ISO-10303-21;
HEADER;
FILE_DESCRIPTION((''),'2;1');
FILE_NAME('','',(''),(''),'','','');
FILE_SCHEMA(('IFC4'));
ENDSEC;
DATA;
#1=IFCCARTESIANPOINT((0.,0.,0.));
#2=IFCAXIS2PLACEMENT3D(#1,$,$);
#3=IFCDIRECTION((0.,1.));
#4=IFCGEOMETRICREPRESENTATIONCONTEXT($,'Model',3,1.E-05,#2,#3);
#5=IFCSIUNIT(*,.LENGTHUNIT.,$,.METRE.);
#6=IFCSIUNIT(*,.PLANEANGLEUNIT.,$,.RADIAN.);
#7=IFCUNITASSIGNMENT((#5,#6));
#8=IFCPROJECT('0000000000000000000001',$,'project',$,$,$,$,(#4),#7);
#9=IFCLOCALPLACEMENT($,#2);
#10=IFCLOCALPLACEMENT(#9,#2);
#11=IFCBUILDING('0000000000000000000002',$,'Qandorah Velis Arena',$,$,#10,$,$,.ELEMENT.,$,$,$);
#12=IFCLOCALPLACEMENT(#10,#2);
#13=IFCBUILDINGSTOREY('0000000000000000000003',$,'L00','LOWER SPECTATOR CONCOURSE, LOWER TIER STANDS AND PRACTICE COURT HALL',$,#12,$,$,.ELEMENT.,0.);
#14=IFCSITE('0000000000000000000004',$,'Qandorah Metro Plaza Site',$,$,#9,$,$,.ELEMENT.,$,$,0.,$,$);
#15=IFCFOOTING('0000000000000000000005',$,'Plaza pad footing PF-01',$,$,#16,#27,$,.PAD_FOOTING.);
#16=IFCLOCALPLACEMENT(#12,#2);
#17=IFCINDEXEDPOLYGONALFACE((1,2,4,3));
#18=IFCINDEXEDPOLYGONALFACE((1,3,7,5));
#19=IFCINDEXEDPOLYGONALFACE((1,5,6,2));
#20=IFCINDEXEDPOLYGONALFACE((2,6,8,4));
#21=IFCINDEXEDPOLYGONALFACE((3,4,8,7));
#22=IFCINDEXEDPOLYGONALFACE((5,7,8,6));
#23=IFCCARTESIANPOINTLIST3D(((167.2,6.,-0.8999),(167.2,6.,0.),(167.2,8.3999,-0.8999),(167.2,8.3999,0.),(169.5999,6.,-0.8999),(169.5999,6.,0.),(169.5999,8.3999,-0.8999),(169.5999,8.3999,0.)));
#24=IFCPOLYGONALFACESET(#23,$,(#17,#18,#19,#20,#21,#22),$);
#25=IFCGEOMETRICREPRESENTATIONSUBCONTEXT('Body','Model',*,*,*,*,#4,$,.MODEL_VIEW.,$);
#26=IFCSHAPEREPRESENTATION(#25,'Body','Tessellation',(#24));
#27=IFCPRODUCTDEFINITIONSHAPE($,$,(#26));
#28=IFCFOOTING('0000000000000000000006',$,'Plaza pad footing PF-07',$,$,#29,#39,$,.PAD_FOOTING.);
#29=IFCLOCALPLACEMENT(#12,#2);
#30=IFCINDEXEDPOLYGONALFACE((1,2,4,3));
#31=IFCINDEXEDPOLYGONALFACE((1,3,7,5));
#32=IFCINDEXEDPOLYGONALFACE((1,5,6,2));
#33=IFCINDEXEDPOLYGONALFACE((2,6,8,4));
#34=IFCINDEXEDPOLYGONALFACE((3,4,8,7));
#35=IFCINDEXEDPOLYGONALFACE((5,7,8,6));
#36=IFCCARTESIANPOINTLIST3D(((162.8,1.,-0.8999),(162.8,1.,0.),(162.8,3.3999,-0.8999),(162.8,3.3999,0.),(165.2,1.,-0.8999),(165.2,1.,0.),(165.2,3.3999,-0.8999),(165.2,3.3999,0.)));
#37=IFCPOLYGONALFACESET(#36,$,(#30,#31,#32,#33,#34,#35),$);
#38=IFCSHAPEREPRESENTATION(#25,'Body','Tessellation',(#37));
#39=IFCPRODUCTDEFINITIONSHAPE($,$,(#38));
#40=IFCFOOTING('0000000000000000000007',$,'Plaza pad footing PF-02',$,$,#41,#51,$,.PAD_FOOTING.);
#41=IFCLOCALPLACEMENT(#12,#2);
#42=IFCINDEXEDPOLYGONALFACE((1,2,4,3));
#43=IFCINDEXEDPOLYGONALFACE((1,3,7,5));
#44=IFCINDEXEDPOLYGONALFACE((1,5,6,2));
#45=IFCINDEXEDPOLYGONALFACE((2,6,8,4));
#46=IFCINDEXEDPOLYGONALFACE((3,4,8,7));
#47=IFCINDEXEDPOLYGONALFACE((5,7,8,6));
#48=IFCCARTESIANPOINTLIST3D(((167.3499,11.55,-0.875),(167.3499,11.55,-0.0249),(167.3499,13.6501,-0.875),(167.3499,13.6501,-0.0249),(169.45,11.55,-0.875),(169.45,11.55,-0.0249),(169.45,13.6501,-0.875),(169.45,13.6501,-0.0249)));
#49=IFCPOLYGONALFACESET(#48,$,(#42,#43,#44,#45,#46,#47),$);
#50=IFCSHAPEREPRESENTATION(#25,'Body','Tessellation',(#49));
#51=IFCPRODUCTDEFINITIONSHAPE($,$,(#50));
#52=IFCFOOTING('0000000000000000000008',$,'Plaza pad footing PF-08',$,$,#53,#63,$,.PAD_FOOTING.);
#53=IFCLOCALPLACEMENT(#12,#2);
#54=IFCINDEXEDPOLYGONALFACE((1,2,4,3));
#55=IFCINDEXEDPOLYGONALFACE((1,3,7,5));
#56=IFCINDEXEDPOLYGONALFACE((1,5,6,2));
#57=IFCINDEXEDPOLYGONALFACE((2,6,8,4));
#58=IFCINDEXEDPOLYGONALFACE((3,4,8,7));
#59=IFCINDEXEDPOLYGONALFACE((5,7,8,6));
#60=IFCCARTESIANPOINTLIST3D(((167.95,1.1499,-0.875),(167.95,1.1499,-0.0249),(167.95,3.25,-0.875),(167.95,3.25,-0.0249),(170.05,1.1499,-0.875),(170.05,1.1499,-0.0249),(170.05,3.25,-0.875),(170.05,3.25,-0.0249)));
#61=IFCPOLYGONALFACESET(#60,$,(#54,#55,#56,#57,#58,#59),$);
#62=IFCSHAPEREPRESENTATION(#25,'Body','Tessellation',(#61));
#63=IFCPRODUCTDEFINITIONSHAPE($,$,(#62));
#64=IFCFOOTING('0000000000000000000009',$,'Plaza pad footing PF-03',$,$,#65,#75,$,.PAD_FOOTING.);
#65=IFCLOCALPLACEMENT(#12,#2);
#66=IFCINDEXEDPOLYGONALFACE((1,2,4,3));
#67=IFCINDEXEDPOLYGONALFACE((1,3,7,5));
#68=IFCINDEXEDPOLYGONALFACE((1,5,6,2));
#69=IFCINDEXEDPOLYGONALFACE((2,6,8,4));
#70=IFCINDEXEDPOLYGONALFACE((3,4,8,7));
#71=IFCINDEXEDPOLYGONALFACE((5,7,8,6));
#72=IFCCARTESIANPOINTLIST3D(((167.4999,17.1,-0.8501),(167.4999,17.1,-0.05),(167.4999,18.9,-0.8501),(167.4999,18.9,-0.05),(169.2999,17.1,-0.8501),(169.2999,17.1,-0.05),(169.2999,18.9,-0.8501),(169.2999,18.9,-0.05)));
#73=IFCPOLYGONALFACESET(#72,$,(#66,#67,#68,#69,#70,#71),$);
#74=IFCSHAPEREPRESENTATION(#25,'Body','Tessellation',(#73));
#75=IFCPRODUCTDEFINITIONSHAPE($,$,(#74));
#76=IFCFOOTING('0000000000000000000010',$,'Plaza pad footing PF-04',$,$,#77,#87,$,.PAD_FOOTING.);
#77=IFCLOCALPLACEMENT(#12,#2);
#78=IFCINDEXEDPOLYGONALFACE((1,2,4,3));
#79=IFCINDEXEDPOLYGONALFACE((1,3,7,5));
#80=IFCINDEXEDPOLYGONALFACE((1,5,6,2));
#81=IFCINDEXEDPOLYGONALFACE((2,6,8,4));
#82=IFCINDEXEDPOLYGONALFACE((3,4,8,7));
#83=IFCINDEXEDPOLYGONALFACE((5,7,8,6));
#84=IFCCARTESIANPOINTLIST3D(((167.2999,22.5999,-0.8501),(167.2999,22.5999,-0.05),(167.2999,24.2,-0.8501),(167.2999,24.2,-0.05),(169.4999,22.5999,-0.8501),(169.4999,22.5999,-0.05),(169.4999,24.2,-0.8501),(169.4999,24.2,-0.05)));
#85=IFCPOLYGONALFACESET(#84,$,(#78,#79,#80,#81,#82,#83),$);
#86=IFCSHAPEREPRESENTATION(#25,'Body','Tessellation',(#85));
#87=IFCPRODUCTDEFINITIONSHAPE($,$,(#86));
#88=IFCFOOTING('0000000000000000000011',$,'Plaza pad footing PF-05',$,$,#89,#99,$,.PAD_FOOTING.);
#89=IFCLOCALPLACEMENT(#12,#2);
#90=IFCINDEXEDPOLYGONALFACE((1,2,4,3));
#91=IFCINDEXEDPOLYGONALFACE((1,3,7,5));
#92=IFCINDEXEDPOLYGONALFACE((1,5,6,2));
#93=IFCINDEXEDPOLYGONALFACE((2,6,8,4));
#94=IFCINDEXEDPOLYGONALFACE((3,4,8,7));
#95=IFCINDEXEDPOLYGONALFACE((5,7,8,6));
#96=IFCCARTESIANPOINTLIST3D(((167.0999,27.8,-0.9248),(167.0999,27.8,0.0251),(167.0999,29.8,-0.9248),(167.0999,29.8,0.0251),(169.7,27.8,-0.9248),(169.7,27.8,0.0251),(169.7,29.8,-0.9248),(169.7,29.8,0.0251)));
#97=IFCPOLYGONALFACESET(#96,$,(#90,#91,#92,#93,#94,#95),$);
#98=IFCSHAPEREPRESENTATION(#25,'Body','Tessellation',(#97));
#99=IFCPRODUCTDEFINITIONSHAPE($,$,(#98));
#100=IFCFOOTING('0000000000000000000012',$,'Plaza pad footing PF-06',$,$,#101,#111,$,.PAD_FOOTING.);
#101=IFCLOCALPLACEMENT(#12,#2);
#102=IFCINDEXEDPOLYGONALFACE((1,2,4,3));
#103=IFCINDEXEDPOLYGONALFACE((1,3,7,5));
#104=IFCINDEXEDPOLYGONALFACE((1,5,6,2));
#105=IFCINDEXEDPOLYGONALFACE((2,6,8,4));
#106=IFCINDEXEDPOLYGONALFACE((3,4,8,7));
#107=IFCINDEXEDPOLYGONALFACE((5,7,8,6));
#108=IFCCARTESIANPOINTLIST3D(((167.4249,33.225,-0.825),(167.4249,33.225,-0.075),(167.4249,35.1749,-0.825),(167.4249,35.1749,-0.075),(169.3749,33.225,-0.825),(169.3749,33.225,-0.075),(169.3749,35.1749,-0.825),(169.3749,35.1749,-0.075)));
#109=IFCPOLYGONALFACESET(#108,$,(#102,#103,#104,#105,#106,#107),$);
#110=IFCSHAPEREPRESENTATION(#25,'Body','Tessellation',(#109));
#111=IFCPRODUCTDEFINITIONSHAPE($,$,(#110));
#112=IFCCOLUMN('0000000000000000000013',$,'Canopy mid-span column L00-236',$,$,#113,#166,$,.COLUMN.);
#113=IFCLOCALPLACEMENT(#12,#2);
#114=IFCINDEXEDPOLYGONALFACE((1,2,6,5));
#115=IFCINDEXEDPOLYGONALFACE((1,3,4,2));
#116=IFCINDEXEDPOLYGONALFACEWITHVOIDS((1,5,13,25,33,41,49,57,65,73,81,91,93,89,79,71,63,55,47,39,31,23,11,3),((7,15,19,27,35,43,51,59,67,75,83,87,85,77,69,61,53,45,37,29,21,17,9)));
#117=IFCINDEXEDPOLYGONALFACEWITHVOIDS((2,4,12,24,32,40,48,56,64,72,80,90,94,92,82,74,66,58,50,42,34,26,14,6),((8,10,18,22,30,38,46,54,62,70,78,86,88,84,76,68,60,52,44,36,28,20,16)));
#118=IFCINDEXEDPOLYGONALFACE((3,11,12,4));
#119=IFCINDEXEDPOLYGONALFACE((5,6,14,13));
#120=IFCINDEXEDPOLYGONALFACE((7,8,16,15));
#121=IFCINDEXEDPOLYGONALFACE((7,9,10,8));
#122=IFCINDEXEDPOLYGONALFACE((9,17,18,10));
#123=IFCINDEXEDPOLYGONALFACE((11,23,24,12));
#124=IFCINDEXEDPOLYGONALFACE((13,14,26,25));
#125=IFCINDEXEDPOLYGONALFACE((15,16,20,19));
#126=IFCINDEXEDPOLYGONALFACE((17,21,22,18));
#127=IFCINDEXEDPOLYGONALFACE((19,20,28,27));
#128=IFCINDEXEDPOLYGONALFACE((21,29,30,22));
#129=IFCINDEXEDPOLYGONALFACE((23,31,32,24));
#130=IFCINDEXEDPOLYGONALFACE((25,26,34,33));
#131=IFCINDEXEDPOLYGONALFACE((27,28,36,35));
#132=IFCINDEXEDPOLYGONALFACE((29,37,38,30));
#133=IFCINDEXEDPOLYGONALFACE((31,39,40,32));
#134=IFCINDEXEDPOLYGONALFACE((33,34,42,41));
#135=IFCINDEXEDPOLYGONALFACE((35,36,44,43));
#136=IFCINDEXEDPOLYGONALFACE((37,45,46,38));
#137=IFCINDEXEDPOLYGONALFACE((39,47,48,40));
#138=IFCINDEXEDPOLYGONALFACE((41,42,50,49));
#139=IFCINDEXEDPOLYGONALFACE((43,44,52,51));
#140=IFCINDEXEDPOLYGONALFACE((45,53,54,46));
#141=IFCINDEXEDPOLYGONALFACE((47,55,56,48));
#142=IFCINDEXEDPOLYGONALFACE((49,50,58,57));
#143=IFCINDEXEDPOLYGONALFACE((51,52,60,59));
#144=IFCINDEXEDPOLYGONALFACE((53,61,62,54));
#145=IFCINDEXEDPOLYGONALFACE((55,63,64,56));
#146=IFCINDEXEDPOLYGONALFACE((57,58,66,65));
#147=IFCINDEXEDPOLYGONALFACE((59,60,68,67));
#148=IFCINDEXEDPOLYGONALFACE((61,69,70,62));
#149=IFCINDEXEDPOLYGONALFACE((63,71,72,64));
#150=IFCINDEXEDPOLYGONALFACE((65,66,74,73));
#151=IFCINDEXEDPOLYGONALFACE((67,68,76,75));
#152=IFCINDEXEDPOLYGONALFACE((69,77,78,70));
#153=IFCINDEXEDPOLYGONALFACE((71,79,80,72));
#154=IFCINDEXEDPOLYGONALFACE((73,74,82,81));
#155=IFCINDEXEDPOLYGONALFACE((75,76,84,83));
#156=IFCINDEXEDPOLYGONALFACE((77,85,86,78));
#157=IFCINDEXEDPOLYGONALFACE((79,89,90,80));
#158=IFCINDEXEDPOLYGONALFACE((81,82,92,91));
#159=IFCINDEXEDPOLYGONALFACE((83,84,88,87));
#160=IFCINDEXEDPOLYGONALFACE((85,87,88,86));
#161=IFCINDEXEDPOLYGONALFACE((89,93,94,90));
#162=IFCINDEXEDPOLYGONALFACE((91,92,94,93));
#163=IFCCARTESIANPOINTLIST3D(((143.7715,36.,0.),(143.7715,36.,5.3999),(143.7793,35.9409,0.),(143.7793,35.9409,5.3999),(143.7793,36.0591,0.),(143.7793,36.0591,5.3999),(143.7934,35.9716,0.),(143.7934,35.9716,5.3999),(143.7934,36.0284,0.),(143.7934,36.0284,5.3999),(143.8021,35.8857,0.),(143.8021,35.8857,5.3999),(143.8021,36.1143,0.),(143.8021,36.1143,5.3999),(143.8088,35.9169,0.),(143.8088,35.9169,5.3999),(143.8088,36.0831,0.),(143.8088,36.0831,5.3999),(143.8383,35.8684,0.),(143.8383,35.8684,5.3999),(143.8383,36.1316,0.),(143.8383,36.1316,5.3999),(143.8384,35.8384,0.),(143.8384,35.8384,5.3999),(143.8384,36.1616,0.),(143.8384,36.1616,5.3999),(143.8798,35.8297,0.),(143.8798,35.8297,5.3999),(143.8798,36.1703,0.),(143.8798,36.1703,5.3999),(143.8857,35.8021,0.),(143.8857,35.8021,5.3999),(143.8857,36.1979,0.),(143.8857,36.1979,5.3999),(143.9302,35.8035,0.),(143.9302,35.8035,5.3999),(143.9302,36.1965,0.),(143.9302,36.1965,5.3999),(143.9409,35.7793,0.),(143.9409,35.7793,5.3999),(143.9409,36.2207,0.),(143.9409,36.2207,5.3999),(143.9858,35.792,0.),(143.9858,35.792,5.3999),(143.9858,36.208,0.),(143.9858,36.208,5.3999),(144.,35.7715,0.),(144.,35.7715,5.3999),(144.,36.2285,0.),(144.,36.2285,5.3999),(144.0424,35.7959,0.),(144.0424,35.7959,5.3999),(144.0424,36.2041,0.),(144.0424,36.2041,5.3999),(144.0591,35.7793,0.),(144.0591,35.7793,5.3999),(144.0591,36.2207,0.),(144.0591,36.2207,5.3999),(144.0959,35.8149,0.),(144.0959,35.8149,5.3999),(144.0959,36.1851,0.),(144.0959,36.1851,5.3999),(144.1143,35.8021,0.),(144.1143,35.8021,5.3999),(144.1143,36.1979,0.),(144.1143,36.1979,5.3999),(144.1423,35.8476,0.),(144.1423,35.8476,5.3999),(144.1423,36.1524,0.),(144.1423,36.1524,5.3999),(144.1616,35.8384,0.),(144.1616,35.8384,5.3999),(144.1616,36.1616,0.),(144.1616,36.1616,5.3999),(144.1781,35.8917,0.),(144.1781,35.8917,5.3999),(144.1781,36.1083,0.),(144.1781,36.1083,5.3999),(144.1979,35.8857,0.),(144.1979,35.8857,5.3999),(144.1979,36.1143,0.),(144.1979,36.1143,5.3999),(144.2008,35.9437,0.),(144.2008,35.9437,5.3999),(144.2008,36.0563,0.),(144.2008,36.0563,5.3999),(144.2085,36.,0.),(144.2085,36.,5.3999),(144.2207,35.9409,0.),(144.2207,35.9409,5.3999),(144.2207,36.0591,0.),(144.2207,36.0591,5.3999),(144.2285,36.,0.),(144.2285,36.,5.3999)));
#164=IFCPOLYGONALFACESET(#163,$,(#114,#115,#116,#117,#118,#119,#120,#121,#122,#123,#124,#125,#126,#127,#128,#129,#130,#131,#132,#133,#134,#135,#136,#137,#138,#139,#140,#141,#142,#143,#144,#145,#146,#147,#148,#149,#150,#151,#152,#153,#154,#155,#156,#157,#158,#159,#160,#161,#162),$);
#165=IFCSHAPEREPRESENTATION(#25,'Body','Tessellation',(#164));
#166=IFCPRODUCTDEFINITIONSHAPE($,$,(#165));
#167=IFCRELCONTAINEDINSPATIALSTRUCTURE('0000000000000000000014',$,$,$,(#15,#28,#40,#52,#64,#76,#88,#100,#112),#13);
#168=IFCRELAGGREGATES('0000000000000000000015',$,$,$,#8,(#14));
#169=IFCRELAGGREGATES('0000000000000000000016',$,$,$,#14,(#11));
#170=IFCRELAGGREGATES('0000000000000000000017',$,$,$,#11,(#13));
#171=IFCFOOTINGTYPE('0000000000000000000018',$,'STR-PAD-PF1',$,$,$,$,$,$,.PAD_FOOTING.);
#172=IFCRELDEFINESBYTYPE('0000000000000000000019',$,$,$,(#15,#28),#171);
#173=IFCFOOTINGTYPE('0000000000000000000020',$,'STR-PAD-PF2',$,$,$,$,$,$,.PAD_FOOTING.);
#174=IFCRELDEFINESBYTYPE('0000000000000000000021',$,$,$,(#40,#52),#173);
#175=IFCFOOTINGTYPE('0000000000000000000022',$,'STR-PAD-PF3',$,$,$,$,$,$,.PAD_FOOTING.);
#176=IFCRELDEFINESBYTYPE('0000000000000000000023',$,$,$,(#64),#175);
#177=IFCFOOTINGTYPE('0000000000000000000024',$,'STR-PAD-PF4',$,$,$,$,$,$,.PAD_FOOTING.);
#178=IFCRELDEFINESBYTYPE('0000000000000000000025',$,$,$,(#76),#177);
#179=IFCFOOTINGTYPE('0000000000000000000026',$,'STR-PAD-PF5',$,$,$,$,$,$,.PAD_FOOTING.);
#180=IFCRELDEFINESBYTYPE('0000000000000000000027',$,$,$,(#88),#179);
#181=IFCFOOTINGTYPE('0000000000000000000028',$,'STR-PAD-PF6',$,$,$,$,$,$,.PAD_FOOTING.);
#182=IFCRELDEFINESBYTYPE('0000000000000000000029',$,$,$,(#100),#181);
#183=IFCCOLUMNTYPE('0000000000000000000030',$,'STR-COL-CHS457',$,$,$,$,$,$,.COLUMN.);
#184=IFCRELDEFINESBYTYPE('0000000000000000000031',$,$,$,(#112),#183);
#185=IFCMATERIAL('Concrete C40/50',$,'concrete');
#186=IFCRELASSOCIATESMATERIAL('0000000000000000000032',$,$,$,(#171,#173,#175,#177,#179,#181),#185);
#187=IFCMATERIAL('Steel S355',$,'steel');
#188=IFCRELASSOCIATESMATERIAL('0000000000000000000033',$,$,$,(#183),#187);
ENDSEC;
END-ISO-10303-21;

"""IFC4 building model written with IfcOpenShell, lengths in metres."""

from ifc_helpers import new_model, si_unit, direction, frame, origin, origin_2d, place, context, subcontext, project, spatial, rectangle, hollow_circle, extrude, material, material_profile, profile_set, type_object, element, save


model = new_model("IFC4")

# Units and contexts
model_context = context("Model", 3, precision=1e-05, world=origin(), true_north=direction((0.0, 1.0)))
body_context = subcontext(model_context, "Body", "Model", "MODEL_VIEW")
ifc_project = project(units=[si_unit("LENGTHUNIT", "METRE"), si_unit("PLANEANGLEUNIT", "RADIAN")], contexts=[model_context])

# Site, building, storey
site_placement = place(None, origin())
site = spatial("IfcSite", under=ifc_project, at=site_placement, Name="Qandorah Metro Plaza Site", CompositionType="ELEMENT", RefElevation=0.0)
building_placement = place(site_placement, origin())
building = spatial("IfcBuilding", under=site, at=building_placement, Name="Qandorah Velis Arena", CompositionType="ELEMENT")
storey_placement = place(building_placement, origin())
storey = spatial("IfcBuildingStorey", under=building, at=storey_placement, Name="L00", Description="LOWER SPECTATOR CONCOURSE, LOWER TIER STANDS AND PRACTICE COURT HALL", CompositionType="ELEMENT", Elevation=0.0)

# Footings
ifc_material_1 = material(Name="Concrete C40/50", Category="concrete")
footing_type_1 = type_object("IfcFootingType", Name="STR-PAD-PF1", PredefinedType="PAD_FOOTING", material=ifc_material_1)
for number, where, z_axis, x_axis, name in (
    (1, (168.3999, 7.2, -0.8999), (0.0, 0.0, 1.0), (1.0, 0.0, 0.0), "Plaza pad footing PF-01"),
    (2, (164.0, 2.2, -0.8999), (0.0, 0.0, 1.0), (1.0, 0.0, 0.0), "Plaza pad footing PF-07"),
):
    element("IfcFooting", number, at=place(storey_placement, frame(where, z_axis=z_axis, x_axis=x_axis)), inside=storey, type_object=footing_type_1, Name=name, PredefinedType="PAD_FOOTING", context=body_context, shape_type="SweptSolid", body=[
        extrude(rectangle(XDim=2.3999, YDim=2.3999, at=origin_2d()), origin(), (0.0, 0.0, 1.0), 0.8999),
    ])
footing_type_2 = type_object("IfcFootingType", Name="STR-PAD-PF2", PredefinedType="PAD_FOOTING", material=ifc_material_1)
for number, where, z_axis, x_axis, name in (
    (3, (168.3999, 12.6001, -0.875), (0.0, 0.0, 1.0), (1.0, 0.0, 0.0), "Plaza pad footing PF-02"),
    (4, (169.0, 2.2, -0.875), (0.0, 0.0, 1.0), (1.0, 0.0, 0.0), "Plaza pad footing PF-08"),
):
    element("IfcFooting", number, at=place(storey_placement, frame(where, z_axis=z_axis, x_axis=x_axis)), inside=storey, type_object=footing_type_2, Name=name, PredefinedType="PAD_FOOTING", context=body_context, shape_type="SweptSolid", body=[
        extrude(rectangle(XDim=2.1001, YDim=2.1001, at=origin_2d()), origin(), (0.0, 0.0, 1.0), 0.8501),
    ])
footing_type_3 = type_object("IfcFootingType", Name="STR-PAD-PF3", PredefinedType="PAD_FOOTING", material=ifc_material_1)
footing_1_placement = place(storey_placement, frame((168.3999, 18.0, -0.8501), z_axis=(0.0, 0.0, 1.0), x_axis=(1.0, 0.0, 0.0)))
element("IfcFooting", 5, at=footing_1_placement, inside=storey, type_object=footing_type_3, Name="Plaza pad footing PF-03", PredefinedType="PAD_FOOTING", context=body_context, shape_type="SweptSolid", body=[
    extrude(rectangle(XDim=1.8, YDim=1.8, at=origin_2d()), origin(), (0.0, 0.0, 1.0), 0.8),
])
footing_type_4 = type_object("IfcFootingType", Name="STR-PAD-PF4", PredefinedType="PAD_FOOTING", material=ifc_material_1)
footing_2_placement = place(storey_placement, frame((168.3999, 23.3999, -0.8501), z_axis=(0.0, 0.0, 1.0), x_axis=(1.0, 0.0, 0.0)))
element("IfcFooting", 6, at=footing_2_placement, inside=storey, type_object=footing_type_4, Name="Plaza pad footing PF-04", PredefinedType="PAD_FOOTING", context=body_context, shape_type="SweptSolid", body=[
    extrude(rectangle(XDim=2.2, YDim=1.6001, at=origin_2d()), origin(), (0.0, 0.0, 1.0), 0.8),
])
footing_type_5 = type_object("IfcFootingType", Name="STR-PAD-PF5", PredefinedType="PAD_FOOTING", material=ifc_material_1)
footing_3_placement = place(storey_placement, frame((168.3999, 28.8, -0.9248), z_axis=(0.0, 0.0, 1.0), x_axis=(1.0, 0.0, 0.0)))
element("IfcFooting", 7, at=footing_3_placement, inside=storey, type_object=footing_type_5, Name="Plaza pad footing PF-05", PredefinedType="PAD_FOOTING", context=body_context, shape_type="SweptSolid", body=[
    extrude(rectangle(XDim=2.6001, YDim=2.0, at=origin_2d()), origin(), (0.0, 0.0, 1.0), 0.95),
])
footing_type_6 = type_object("IfcFootingType", Name="STR-PAD-PF6", PredefinedType="PAD_FOOTING", material=ifc_material_1)
footing_4_placement = place(storey_placement, frame((168.3999, 34.2, -0.825), z_axis=(0.0, 0.0, 1.0), x_axis=(1.0, 0.0, 0.0)))
element("IfcFooting", 8, at=footing_4_placement, inside=storey, type_object=footing_type_6, Name="Plaza pad footing PF-06", PredefinedType="PAD_FOOTING", context=body_context, shape_type="SweptSolid", body=[
    extrude(rectangle(XDim=1.95, YDim=1.95, at=origin_2d()), origin(), (0.0, 0.0, 1.0), 0.75),
])

# Column
ifc_material_2 = material(Name="Steel S355", Category="steel")
ifc_material_profile_1 = material_profile(ifc_material_2, hollow_circle(Radius=0.2285, WallThickness=0.02, at=origin_2d()), Name="CHS 457x20")
ifc_profile_set_1 = profile_set([ifc_material_profile_1], Name="Steel S355")
column_type_1 = type_object("IfcColumnType", Name="STR-COL-CHS457", PredefinedType="COLUMN", material=ifc_profile_set_1)
column_1_placement = place(storey_placement, frame((144.0, 36.0, 0.0), z_axis=(0.0, 0.0, 1.0), x_axis=(1.0, 0.0, 0.0)))
element("IfcColumn", 9, at=column_1_placement, inside=storey, type_object=column_type_1, Name="Canopy mid-span column L00-236", PredefinedType="COLUMN", context=body_context, shape_type="SweptSolid", body=[
    extrude(hollow_circle(Radius=0.2285, WallThickness=0.02, at=origin_2d()), origin(), (0.0, 0.0, 1.0), 5.3999),
])

save(model, "model.ifc")
